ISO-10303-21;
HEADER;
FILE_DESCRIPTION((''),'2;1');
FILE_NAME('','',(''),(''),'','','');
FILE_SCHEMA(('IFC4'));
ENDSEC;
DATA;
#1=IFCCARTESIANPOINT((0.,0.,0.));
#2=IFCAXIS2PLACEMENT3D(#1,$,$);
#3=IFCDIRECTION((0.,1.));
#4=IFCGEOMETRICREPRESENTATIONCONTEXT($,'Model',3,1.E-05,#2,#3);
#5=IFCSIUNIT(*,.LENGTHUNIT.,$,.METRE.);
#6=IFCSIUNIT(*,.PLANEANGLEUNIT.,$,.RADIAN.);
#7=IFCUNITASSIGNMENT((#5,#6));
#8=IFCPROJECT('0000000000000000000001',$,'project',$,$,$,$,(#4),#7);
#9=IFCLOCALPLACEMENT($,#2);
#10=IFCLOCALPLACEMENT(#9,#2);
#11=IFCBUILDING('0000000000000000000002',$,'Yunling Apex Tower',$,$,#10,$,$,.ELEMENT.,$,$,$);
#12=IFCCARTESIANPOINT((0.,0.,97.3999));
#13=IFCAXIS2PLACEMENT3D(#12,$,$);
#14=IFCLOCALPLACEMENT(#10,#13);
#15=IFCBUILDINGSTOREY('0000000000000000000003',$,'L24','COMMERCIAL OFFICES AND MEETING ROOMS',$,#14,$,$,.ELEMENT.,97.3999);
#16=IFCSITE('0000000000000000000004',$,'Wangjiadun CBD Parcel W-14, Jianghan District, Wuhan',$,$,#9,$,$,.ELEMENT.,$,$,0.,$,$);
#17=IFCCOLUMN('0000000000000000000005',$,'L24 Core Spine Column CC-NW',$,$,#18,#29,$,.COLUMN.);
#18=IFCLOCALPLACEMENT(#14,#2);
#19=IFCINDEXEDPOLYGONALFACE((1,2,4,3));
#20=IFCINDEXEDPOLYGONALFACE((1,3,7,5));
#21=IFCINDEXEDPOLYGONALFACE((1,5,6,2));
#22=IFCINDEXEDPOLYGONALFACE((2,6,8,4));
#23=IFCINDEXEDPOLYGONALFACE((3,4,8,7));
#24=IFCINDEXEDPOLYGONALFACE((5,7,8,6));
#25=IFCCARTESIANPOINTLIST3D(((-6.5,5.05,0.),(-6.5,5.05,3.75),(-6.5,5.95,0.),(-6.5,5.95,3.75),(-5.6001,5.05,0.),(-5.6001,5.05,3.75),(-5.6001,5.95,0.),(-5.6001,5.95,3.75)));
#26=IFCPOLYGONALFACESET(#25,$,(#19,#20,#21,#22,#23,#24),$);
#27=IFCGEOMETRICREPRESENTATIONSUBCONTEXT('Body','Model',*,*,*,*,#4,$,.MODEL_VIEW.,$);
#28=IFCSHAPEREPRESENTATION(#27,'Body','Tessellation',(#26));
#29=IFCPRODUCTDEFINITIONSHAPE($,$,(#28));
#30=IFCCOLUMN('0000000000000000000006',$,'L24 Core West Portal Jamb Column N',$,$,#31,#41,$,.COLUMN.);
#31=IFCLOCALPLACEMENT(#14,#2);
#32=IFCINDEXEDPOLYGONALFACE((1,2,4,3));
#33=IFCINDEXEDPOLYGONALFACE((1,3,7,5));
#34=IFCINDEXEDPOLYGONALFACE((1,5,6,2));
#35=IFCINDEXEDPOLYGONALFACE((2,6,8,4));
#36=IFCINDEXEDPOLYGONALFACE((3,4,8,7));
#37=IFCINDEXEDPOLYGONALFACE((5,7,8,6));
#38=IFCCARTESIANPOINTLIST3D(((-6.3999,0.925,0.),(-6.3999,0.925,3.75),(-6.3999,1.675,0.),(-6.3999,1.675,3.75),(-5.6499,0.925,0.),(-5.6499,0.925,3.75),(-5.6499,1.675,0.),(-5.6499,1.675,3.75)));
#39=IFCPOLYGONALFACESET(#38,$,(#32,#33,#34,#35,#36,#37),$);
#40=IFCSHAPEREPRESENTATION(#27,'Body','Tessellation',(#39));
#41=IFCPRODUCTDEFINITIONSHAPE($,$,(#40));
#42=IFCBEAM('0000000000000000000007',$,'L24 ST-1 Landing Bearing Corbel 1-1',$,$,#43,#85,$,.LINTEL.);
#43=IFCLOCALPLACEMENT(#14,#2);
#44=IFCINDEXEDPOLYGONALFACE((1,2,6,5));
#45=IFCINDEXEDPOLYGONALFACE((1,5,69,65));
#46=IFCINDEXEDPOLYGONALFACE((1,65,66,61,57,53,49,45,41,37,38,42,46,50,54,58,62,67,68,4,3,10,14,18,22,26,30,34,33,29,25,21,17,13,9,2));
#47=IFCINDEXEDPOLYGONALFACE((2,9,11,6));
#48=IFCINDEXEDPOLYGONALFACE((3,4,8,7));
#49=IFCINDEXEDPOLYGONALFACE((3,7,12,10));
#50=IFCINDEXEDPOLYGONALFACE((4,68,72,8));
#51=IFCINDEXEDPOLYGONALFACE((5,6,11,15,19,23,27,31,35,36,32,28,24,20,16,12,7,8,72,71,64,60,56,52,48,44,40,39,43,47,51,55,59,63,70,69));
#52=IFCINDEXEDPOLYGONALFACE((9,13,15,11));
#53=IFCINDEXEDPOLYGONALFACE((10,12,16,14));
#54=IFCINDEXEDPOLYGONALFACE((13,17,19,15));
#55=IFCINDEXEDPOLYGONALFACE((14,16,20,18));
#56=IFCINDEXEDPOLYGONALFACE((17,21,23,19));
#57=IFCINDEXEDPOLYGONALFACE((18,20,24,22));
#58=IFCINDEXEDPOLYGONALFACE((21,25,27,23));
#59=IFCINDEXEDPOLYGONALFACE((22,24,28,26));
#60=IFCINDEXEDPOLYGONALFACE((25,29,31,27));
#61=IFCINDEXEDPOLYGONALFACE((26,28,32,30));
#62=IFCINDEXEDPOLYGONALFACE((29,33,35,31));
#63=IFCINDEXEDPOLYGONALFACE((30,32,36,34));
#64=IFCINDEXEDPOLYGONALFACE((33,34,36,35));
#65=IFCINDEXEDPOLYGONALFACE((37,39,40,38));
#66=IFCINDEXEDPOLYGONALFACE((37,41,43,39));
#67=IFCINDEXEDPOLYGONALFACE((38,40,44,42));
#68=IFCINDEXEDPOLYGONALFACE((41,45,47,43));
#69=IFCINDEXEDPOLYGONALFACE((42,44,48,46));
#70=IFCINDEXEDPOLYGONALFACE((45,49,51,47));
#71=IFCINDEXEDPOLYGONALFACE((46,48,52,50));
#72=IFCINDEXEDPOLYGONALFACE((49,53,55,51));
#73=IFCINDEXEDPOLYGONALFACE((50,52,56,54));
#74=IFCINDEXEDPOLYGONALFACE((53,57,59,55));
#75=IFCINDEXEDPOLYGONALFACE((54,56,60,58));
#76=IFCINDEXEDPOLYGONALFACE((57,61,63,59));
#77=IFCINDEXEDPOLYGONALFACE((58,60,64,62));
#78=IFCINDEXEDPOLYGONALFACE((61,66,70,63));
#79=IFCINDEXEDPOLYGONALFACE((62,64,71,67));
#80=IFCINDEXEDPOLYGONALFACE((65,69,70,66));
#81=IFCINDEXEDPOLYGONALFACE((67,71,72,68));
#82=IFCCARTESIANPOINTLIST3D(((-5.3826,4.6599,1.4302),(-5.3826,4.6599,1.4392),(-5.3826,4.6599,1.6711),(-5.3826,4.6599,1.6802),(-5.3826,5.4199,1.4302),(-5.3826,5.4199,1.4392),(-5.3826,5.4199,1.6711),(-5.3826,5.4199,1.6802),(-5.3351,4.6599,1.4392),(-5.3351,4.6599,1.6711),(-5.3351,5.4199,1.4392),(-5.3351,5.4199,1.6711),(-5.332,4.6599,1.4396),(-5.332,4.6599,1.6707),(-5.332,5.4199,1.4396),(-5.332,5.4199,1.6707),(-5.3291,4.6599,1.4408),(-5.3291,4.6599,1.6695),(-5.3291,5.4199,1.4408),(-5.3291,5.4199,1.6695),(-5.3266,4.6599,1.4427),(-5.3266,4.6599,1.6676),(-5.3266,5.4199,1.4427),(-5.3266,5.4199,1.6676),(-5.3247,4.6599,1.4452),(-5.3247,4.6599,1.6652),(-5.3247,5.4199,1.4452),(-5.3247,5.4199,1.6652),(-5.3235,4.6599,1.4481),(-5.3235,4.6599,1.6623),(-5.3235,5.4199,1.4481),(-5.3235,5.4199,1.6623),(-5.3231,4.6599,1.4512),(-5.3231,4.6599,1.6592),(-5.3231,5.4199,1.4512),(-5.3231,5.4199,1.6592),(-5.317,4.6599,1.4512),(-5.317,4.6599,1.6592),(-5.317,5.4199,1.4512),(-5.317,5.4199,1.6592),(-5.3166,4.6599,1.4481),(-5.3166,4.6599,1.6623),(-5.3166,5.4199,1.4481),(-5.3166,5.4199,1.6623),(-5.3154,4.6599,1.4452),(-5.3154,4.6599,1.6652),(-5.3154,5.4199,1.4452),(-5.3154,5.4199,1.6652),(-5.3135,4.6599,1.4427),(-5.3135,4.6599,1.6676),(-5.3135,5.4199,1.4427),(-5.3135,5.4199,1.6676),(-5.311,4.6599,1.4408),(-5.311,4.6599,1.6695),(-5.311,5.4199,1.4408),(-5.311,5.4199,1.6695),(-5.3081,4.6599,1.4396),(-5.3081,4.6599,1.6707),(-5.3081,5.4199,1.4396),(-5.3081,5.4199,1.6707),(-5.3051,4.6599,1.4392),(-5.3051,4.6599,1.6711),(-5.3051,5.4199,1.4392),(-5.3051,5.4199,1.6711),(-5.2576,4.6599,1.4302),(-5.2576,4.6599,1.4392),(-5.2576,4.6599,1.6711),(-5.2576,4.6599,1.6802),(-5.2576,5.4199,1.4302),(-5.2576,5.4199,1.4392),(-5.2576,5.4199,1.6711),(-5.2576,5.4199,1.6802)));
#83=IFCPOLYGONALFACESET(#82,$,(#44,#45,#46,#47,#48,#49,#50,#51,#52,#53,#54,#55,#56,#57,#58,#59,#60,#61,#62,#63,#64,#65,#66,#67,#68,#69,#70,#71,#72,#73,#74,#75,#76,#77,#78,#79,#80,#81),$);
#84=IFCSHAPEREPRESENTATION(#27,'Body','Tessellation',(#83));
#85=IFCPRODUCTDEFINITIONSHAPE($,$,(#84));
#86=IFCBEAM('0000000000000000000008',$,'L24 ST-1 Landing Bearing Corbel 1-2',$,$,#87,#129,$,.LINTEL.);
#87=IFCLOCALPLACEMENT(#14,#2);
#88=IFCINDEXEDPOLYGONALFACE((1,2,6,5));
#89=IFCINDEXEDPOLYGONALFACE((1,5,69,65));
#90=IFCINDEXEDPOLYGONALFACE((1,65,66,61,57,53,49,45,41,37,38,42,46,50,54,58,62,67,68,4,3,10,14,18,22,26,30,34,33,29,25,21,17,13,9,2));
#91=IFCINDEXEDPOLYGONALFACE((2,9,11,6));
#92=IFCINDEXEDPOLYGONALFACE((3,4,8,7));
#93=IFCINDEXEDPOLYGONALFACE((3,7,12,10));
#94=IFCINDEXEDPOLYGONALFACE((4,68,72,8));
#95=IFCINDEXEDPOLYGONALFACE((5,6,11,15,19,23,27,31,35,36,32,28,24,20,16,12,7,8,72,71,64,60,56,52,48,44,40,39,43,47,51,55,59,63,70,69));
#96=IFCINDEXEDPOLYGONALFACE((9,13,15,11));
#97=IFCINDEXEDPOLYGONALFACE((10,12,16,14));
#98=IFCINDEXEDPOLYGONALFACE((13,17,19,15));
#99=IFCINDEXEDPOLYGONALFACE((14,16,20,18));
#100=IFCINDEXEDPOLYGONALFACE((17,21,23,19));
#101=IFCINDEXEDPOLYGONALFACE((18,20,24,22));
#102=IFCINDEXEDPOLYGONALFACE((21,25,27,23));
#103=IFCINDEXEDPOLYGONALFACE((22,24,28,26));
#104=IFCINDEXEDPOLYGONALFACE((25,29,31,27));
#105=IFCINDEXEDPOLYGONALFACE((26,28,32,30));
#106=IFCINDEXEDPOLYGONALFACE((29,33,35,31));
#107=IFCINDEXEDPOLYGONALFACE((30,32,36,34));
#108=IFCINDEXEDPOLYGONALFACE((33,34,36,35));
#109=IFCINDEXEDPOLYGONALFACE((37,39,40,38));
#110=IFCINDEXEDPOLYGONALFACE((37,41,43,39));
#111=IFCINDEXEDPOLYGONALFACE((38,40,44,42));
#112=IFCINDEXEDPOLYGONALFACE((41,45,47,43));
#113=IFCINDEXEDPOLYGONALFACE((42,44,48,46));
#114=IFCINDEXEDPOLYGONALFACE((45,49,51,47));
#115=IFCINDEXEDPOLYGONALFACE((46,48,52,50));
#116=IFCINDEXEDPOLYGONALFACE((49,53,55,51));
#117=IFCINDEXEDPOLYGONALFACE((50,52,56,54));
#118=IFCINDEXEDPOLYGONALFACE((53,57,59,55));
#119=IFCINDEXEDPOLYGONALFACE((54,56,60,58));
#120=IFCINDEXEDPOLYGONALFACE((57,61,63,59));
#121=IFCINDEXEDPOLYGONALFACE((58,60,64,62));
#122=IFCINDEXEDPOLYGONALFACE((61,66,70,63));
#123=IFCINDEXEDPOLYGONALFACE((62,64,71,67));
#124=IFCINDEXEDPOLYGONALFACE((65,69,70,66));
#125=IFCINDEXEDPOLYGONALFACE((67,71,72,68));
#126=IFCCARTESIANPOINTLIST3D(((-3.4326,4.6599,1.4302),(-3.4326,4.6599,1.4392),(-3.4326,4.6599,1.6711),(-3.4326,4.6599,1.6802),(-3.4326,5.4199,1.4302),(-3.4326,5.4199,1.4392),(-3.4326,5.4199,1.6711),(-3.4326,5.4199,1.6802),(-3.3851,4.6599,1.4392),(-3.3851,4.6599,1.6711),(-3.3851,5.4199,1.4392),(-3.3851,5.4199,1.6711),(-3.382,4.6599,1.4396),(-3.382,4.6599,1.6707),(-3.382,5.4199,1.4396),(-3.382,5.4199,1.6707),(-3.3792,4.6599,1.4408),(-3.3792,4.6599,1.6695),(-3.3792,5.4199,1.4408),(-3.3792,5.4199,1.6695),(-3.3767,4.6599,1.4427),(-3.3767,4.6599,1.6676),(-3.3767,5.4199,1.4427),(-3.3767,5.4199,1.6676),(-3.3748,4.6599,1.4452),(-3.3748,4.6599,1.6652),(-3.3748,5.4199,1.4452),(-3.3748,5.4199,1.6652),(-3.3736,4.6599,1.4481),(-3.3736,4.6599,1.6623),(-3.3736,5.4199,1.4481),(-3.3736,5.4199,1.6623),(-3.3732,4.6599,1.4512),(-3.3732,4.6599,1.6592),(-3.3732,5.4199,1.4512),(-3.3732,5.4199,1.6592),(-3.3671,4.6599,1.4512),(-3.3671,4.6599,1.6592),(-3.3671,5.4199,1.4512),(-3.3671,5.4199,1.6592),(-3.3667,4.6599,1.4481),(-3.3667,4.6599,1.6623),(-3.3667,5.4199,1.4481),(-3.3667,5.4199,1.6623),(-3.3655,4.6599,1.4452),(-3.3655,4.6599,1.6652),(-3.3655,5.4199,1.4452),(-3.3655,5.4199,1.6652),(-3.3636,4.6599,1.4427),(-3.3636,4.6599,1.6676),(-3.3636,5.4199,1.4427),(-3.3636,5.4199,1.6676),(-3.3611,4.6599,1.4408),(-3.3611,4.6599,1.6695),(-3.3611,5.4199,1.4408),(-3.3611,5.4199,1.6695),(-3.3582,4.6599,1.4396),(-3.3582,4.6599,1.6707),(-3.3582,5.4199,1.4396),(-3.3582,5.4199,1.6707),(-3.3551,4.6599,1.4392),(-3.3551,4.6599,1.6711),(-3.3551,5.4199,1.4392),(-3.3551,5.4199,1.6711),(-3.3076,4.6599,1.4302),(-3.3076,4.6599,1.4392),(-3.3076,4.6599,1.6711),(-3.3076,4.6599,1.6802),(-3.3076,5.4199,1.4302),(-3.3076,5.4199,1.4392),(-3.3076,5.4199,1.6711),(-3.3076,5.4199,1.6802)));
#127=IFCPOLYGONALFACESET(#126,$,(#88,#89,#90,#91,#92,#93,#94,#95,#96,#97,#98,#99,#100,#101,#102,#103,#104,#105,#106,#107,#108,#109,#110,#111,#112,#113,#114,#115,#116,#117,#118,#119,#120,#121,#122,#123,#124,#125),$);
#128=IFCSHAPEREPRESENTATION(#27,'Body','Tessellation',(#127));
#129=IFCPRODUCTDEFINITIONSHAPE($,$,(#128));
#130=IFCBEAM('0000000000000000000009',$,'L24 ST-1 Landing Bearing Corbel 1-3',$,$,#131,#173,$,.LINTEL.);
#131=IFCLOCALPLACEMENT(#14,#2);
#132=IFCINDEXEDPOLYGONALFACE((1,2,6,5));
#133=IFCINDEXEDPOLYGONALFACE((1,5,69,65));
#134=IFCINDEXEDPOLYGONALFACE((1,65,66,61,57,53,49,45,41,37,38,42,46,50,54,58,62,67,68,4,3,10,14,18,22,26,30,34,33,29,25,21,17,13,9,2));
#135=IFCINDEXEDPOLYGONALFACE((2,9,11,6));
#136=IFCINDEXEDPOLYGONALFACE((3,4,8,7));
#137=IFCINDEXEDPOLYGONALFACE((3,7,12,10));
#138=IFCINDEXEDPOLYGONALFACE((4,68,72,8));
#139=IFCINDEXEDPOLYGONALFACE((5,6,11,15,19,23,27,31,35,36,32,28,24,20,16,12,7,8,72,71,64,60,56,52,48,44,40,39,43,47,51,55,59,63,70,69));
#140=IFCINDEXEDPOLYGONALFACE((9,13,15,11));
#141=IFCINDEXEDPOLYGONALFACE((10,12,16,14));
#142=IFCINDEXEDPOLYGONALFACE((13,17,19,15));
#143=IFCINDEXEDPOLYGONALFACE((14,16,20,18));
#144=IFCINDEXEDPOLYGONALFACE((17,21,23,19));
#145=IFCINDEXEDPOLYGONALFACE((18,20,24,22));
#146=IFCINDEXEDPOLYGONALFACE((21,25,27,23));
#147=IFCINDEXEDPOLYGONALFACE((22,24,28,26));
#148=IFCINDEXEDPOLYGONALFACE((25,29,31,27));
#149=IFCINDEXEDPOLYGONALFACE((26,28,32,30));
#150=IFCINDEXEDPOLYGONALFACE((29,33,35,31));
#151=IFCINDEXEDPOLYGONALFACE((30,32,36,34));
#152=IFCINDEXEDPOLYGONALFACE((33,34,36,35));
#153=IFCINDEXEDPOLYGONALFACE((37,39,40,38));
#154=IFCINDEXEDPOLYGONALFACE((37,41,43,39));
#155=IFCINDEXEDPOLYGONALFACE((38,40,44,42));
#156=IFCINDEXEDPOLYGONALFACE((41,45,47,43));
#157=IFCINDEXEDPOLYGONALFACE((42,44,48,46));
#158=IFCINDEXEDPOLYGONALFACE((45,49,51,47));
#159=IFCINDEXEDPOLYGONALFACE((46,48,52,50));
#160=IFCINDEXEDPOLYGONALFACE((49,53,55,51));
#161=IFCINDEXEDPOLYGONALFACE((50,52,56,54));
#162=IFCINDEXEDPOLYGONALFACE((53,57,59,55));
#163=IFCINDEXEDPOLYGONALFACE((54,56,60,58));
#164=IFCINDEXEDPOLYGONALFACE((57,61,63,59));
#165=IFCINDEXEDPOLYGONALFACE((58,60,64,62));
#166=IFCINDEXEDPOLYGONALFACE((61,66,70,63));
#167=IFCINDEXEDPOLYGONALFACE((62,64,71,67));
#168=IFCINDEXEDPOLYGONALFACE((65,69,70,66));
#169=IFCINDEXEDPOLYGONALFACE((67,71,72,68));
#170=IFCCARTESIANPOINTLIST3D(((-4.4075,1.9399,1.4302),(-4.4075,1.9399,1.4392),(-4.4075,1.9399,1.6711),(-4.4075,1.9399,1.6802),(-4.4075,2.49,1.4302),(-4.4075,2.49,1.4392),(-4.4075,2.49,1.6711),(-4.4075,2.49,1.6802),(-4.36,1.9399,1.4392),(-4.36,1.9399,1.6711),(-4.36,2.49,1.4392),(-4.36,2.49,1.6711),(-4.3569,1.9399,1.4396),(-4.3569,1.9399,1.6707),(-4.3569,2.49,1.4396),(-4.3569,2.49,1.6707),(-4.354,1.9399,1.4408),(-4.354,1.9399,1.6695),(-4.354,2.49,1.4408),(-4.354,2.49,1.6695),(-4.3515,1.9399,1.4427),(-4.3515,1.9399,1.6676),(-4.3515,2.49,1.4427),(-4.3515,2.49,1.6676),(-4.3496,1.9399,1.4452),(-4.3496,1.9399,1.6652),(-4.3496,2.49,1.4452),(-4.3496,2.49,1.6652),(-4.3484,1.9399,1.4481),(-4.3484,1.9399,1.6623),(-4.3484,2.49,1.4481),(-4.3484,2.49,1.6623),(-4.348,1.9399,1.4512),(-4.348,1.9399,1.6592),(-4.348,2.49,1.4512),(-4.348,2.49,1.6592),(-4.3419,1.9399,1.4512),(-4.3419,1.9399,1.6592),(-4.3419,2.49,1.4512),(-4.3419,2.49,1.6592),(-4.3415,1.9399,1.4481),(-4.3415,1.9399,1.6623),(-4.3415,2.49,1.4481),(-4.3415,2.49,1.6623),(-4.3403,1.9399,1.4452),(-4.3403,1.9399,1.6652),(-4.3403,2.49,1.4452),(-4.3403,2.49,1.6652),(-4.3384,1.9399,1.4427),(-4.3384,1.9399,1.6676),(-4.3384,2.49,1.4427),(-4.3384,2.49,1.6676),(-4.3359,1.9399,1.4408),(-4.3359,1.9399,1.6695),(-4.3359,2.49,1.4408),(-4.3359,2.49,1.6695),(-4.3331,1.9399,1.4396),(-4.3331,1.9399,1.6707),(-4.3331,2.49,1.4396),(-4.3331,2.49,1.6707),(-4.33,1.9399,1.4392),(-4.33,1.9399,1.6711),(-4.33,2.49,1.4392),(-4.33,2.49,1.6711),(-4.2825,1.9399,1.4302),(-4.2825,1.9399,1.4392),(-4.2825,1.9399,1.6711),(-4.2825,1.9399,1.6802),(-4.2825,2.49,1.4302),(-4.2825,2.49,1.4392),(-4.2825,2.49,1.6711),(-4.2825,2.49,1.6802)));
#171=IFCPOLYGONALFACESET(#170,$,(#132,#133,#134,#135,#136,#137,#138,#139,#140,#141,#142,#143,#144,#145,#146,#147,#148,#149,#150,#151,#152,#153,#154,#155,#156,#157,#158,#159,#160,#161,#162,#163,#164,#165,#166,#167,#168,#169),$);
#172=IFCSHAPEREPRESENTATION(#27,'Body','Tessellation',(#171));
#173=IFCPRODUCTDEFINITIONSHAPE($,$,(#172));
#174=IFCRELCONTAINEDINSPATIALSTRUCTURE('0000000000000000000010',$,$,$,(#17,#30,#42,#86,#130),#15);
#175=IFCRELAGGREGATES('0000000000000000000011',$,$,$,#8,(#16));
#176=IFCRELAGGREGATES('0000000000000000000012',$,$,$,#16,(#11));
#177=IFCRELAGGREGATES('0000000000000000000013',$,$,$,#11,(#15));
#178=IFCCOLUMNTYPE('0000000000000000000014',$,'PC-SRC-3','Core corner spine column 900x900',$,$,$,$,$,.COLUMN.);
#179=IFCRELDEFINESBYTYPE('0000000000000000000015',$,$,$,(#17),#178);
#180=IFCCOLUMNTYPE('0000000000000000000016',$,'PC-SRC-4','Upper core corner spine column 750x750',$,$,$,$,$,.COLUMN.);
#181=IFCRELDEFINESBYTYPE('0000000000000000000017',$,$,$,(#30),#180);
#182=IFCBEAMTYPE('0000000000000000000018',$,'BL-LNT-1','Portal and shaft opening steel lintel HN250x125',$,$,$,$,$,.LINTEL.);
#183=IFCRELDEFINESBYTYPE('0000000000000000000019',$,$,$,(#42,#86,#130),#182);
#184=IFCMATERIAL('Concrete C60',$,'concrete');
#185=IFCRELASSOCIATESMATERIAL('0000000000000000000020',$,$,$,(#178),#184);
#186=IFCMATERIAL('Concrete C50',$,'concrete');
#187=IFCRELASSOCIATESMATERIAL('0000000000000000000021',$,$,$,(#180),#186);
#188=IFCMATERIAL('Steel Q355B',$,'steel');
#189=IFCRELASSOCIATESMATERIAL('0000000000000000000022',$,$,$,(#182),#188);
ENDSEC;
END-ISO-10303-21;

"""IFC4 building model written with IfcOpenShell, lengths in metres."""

from ifc_helpers import new_model, si_unit, direction, frame, origin, origin_2d, place, context, subcontext, project, spatial, rectangle, i_section, extrude, source, transform, mapped, material, material_profile, profile_set, type_object, element, save


model = new_model("IFC4")

# Units and contexts
model_context = context("Model", 3, precision=1e-05, world=origin(), true_north=direction((0.0, 1.0)))
body_context = subcontext(model_context, "Body", "Model", "MODEL_VIEW")
ifc_project = project(units=[si_unit("LENGTHUNIT", "METRE"), si_unit("PLANEANGLEUNIT", "RADIAN")], contexts=[model_context])

# Site, building, storey
site_placement = place(None, origin())
site = spatial("IfcSite", under=ifc_project, at=site_placement, Name="Wangjiadun CBD Parcel W-14, Jianghan District, Wuhan", CompositionType="ELEMENT", RefElevation=0.0)
building_placement = place(site_placement, origin())
building = spatial("IfcBuilding", under=site, at=building_placement, Name="Yunling Apex Tower", CompositionType="ELEMENT")
storey_placement = place(building_placement, frame((0.0, 0.0, 97.3999)))
storey = spatial("IfcBuildingStorey", under=building, at=storey_placement, Name="L24", Description="COMMERCIAL OFFICES AND MEETING ROOMS", CompositionType="ELEMENT", Elevation=97.3999)

# Columns
ifc_material_1 = material(Name="Concrete C60", Category="concrete")
ifc_material_profile_1 = material_profile(ifc_material_1, rectangle(XDim=0.8999, YDim=0.8999, at=origin_2d()))
ifc_profile_set_1 = profile_set([ifc_material_profile_1], Name="Concrete C60")
column_type_1 = type_object("IfcColumnType", Name="PC-SRC-3", Description="Core corner spine column 900x900", PredefinedType="COLUMN", material=ifc_profile_set_1)
shared_shape_1 = source(origin(), body_context, "Body", "SweptSolid", [
    extrude(rectangle(XDim=0.8999, YDim=0.8999, at=origin_2d()), origin(), (0.0, 0.0, 1.0), 3.75),
])
column_1_placement = place(storey_placement, frame((-6.05, 5.5, 0.0), z_axis=(0.0, 0.0, 1.0), x_axis=(1.0, 0.0, 0.0)))
element("IfcColumn", 1, at=column_1_placement, inside=storey, type_object=column_type_1, Name="L24 Core Spine Column CC-NW", PredefinedType="COLUMN", context=body_context, shape_type="MappedRepresentation", body=[
    mapped(shared_shape_1, transform((0.0, 0.0, 0.0), scale=1.0)),
])
ifc_material_2 = material(Name="Concrete C50", Category="concrete")
ifc_material_profile_2 = material_profile(ifc_material_2, rectangle(XDim=0.75, YDim=0.75, at=origin_2d()))
ifc_profile_set_2 = profile_set([ifc_material_profile_2], Name="Concrete C50")
column_type_2 = type_object("IfcColumnType", Name="PC-SRC-4", Description="Upper core corner spine column 750x750", PredefinedType="COLUMN", material=ifc_profile_set_2)
shared_shape_2 = source(origin(), body_context, "Body", "SweptSolid", [
    extrude(rectangle(XDim=0.75, YDim=0.75, at=origin_2d()), origin(), (0.0, 0.0, 1.0), 3.75),
])
column_2_placement = place(storey_placement, frame((-6.0249, 1.3, 0.0), z_axis=(0.0, 0.0, 1.0), x_axis=(1.0, 0.0, 0.0)))
element("IfcColumn", 2, at=column_2_placement, inside=storey, type_object=column_type_2, Name="L24 Core West Portal Jamb Column N", PredefinedType="COLUMN", context=body_context, shape_type="MappedRepresentation", body=[
    mapped(shared_shape_2, transform((0.0, 0.0, 0.0), scale=1.0)),
])

# Beams
ifc_material_3 = material(Name="Steel Q355B", Category="steel")
ifc_material_profile_3 = material_profile(ifc_material_3, i_section(OverallWidth=0.125, OverallDepth=0.25, WebThickness=0.0061, FlangeThickness=0.009, FilletRadius=0.012, at=origin_2d()))
ifc_profile_set_3 = profile_set([ifc_material_profile_3], Name="Steel Q355B")
beam_type_1 = type_object("IfcBeamType", Name="BL-LNT-1", Description="Portal and shaft opening steel lintel HN250x125", PredefinedType="LINTEL", material=ifc_profile_set_3)
shared_shape_3 = source(origin(), body_context, "Body", "SweptSolid", [
    extrude(i_section(OverallWidth=0.125, OverallDepth=0.25, WebThickness=0.0061, FlangeThickness=0.009, FilletRadius=0.012, at=origin_2d()), origin(), (0.0, 0.0, 1.0), 0.76),
])
for number, where, z_axis, x_axis, name in (
    (3, (-5.3201, 5.4199, 1.5552), (0.0, -1.0, 0.0), (1.0, 0.0, 0.0), "L24 ST-1 Landing Bearing Corbel 1-1"),
    (4, (-3.3701, 5.4199, 1.5552), (0.0, -1.0, 0.0), (1.0, 0.0, 0.0), "L24 ST-1 Landing Bearing Corbel 1-2"),
):
    element("IfcBeam", number, at=place(storey_placement, frame(where, z_axis=z_axis, x_axis=x_axis)), inside=storey, type_object=beam_type_1, Name=name, PredefinedType="LINTEL", context=body_context, shape_type="MappedRepresentation", body=[
        mapped(shared_shape_3, transform((0.0, 0.0, 0.0), scale=1.0)),
    ])
shared_shape_4 = source(origin(), body_context, "Body", "SweptSolid", [
    extrude(i_section(OverallWidth=0.125, OverallDepth=0.25, WebThickness=0.0061, FlangeThickness=0.009, FilletRadius=0.012, at=origin_2d()), origin(), (0.0, 0.0, 1.0), 0.55),
])
beam_1_placement = place(storey_placement, frame((-4.345, 1.9399, 1.5552), z_axis=(0.0, 1.0, 0.0), x_axis=(-1.0, 0.0, 0.0)))
element("IfcBeam", 5, at=beam_1_placement, inside=storey, type_object=beam_type_1, Name="L24 ST-1 Landing Bearing Corbel 1-3", PredefinedType="LINTEL", context=body_context, shape_type="MappedRepresentation", body=[
    mapped(shared_shape_4, transform((0.0, 0.0, 0.0), scale=1.0)),
])

save(model, "model.ifc")
